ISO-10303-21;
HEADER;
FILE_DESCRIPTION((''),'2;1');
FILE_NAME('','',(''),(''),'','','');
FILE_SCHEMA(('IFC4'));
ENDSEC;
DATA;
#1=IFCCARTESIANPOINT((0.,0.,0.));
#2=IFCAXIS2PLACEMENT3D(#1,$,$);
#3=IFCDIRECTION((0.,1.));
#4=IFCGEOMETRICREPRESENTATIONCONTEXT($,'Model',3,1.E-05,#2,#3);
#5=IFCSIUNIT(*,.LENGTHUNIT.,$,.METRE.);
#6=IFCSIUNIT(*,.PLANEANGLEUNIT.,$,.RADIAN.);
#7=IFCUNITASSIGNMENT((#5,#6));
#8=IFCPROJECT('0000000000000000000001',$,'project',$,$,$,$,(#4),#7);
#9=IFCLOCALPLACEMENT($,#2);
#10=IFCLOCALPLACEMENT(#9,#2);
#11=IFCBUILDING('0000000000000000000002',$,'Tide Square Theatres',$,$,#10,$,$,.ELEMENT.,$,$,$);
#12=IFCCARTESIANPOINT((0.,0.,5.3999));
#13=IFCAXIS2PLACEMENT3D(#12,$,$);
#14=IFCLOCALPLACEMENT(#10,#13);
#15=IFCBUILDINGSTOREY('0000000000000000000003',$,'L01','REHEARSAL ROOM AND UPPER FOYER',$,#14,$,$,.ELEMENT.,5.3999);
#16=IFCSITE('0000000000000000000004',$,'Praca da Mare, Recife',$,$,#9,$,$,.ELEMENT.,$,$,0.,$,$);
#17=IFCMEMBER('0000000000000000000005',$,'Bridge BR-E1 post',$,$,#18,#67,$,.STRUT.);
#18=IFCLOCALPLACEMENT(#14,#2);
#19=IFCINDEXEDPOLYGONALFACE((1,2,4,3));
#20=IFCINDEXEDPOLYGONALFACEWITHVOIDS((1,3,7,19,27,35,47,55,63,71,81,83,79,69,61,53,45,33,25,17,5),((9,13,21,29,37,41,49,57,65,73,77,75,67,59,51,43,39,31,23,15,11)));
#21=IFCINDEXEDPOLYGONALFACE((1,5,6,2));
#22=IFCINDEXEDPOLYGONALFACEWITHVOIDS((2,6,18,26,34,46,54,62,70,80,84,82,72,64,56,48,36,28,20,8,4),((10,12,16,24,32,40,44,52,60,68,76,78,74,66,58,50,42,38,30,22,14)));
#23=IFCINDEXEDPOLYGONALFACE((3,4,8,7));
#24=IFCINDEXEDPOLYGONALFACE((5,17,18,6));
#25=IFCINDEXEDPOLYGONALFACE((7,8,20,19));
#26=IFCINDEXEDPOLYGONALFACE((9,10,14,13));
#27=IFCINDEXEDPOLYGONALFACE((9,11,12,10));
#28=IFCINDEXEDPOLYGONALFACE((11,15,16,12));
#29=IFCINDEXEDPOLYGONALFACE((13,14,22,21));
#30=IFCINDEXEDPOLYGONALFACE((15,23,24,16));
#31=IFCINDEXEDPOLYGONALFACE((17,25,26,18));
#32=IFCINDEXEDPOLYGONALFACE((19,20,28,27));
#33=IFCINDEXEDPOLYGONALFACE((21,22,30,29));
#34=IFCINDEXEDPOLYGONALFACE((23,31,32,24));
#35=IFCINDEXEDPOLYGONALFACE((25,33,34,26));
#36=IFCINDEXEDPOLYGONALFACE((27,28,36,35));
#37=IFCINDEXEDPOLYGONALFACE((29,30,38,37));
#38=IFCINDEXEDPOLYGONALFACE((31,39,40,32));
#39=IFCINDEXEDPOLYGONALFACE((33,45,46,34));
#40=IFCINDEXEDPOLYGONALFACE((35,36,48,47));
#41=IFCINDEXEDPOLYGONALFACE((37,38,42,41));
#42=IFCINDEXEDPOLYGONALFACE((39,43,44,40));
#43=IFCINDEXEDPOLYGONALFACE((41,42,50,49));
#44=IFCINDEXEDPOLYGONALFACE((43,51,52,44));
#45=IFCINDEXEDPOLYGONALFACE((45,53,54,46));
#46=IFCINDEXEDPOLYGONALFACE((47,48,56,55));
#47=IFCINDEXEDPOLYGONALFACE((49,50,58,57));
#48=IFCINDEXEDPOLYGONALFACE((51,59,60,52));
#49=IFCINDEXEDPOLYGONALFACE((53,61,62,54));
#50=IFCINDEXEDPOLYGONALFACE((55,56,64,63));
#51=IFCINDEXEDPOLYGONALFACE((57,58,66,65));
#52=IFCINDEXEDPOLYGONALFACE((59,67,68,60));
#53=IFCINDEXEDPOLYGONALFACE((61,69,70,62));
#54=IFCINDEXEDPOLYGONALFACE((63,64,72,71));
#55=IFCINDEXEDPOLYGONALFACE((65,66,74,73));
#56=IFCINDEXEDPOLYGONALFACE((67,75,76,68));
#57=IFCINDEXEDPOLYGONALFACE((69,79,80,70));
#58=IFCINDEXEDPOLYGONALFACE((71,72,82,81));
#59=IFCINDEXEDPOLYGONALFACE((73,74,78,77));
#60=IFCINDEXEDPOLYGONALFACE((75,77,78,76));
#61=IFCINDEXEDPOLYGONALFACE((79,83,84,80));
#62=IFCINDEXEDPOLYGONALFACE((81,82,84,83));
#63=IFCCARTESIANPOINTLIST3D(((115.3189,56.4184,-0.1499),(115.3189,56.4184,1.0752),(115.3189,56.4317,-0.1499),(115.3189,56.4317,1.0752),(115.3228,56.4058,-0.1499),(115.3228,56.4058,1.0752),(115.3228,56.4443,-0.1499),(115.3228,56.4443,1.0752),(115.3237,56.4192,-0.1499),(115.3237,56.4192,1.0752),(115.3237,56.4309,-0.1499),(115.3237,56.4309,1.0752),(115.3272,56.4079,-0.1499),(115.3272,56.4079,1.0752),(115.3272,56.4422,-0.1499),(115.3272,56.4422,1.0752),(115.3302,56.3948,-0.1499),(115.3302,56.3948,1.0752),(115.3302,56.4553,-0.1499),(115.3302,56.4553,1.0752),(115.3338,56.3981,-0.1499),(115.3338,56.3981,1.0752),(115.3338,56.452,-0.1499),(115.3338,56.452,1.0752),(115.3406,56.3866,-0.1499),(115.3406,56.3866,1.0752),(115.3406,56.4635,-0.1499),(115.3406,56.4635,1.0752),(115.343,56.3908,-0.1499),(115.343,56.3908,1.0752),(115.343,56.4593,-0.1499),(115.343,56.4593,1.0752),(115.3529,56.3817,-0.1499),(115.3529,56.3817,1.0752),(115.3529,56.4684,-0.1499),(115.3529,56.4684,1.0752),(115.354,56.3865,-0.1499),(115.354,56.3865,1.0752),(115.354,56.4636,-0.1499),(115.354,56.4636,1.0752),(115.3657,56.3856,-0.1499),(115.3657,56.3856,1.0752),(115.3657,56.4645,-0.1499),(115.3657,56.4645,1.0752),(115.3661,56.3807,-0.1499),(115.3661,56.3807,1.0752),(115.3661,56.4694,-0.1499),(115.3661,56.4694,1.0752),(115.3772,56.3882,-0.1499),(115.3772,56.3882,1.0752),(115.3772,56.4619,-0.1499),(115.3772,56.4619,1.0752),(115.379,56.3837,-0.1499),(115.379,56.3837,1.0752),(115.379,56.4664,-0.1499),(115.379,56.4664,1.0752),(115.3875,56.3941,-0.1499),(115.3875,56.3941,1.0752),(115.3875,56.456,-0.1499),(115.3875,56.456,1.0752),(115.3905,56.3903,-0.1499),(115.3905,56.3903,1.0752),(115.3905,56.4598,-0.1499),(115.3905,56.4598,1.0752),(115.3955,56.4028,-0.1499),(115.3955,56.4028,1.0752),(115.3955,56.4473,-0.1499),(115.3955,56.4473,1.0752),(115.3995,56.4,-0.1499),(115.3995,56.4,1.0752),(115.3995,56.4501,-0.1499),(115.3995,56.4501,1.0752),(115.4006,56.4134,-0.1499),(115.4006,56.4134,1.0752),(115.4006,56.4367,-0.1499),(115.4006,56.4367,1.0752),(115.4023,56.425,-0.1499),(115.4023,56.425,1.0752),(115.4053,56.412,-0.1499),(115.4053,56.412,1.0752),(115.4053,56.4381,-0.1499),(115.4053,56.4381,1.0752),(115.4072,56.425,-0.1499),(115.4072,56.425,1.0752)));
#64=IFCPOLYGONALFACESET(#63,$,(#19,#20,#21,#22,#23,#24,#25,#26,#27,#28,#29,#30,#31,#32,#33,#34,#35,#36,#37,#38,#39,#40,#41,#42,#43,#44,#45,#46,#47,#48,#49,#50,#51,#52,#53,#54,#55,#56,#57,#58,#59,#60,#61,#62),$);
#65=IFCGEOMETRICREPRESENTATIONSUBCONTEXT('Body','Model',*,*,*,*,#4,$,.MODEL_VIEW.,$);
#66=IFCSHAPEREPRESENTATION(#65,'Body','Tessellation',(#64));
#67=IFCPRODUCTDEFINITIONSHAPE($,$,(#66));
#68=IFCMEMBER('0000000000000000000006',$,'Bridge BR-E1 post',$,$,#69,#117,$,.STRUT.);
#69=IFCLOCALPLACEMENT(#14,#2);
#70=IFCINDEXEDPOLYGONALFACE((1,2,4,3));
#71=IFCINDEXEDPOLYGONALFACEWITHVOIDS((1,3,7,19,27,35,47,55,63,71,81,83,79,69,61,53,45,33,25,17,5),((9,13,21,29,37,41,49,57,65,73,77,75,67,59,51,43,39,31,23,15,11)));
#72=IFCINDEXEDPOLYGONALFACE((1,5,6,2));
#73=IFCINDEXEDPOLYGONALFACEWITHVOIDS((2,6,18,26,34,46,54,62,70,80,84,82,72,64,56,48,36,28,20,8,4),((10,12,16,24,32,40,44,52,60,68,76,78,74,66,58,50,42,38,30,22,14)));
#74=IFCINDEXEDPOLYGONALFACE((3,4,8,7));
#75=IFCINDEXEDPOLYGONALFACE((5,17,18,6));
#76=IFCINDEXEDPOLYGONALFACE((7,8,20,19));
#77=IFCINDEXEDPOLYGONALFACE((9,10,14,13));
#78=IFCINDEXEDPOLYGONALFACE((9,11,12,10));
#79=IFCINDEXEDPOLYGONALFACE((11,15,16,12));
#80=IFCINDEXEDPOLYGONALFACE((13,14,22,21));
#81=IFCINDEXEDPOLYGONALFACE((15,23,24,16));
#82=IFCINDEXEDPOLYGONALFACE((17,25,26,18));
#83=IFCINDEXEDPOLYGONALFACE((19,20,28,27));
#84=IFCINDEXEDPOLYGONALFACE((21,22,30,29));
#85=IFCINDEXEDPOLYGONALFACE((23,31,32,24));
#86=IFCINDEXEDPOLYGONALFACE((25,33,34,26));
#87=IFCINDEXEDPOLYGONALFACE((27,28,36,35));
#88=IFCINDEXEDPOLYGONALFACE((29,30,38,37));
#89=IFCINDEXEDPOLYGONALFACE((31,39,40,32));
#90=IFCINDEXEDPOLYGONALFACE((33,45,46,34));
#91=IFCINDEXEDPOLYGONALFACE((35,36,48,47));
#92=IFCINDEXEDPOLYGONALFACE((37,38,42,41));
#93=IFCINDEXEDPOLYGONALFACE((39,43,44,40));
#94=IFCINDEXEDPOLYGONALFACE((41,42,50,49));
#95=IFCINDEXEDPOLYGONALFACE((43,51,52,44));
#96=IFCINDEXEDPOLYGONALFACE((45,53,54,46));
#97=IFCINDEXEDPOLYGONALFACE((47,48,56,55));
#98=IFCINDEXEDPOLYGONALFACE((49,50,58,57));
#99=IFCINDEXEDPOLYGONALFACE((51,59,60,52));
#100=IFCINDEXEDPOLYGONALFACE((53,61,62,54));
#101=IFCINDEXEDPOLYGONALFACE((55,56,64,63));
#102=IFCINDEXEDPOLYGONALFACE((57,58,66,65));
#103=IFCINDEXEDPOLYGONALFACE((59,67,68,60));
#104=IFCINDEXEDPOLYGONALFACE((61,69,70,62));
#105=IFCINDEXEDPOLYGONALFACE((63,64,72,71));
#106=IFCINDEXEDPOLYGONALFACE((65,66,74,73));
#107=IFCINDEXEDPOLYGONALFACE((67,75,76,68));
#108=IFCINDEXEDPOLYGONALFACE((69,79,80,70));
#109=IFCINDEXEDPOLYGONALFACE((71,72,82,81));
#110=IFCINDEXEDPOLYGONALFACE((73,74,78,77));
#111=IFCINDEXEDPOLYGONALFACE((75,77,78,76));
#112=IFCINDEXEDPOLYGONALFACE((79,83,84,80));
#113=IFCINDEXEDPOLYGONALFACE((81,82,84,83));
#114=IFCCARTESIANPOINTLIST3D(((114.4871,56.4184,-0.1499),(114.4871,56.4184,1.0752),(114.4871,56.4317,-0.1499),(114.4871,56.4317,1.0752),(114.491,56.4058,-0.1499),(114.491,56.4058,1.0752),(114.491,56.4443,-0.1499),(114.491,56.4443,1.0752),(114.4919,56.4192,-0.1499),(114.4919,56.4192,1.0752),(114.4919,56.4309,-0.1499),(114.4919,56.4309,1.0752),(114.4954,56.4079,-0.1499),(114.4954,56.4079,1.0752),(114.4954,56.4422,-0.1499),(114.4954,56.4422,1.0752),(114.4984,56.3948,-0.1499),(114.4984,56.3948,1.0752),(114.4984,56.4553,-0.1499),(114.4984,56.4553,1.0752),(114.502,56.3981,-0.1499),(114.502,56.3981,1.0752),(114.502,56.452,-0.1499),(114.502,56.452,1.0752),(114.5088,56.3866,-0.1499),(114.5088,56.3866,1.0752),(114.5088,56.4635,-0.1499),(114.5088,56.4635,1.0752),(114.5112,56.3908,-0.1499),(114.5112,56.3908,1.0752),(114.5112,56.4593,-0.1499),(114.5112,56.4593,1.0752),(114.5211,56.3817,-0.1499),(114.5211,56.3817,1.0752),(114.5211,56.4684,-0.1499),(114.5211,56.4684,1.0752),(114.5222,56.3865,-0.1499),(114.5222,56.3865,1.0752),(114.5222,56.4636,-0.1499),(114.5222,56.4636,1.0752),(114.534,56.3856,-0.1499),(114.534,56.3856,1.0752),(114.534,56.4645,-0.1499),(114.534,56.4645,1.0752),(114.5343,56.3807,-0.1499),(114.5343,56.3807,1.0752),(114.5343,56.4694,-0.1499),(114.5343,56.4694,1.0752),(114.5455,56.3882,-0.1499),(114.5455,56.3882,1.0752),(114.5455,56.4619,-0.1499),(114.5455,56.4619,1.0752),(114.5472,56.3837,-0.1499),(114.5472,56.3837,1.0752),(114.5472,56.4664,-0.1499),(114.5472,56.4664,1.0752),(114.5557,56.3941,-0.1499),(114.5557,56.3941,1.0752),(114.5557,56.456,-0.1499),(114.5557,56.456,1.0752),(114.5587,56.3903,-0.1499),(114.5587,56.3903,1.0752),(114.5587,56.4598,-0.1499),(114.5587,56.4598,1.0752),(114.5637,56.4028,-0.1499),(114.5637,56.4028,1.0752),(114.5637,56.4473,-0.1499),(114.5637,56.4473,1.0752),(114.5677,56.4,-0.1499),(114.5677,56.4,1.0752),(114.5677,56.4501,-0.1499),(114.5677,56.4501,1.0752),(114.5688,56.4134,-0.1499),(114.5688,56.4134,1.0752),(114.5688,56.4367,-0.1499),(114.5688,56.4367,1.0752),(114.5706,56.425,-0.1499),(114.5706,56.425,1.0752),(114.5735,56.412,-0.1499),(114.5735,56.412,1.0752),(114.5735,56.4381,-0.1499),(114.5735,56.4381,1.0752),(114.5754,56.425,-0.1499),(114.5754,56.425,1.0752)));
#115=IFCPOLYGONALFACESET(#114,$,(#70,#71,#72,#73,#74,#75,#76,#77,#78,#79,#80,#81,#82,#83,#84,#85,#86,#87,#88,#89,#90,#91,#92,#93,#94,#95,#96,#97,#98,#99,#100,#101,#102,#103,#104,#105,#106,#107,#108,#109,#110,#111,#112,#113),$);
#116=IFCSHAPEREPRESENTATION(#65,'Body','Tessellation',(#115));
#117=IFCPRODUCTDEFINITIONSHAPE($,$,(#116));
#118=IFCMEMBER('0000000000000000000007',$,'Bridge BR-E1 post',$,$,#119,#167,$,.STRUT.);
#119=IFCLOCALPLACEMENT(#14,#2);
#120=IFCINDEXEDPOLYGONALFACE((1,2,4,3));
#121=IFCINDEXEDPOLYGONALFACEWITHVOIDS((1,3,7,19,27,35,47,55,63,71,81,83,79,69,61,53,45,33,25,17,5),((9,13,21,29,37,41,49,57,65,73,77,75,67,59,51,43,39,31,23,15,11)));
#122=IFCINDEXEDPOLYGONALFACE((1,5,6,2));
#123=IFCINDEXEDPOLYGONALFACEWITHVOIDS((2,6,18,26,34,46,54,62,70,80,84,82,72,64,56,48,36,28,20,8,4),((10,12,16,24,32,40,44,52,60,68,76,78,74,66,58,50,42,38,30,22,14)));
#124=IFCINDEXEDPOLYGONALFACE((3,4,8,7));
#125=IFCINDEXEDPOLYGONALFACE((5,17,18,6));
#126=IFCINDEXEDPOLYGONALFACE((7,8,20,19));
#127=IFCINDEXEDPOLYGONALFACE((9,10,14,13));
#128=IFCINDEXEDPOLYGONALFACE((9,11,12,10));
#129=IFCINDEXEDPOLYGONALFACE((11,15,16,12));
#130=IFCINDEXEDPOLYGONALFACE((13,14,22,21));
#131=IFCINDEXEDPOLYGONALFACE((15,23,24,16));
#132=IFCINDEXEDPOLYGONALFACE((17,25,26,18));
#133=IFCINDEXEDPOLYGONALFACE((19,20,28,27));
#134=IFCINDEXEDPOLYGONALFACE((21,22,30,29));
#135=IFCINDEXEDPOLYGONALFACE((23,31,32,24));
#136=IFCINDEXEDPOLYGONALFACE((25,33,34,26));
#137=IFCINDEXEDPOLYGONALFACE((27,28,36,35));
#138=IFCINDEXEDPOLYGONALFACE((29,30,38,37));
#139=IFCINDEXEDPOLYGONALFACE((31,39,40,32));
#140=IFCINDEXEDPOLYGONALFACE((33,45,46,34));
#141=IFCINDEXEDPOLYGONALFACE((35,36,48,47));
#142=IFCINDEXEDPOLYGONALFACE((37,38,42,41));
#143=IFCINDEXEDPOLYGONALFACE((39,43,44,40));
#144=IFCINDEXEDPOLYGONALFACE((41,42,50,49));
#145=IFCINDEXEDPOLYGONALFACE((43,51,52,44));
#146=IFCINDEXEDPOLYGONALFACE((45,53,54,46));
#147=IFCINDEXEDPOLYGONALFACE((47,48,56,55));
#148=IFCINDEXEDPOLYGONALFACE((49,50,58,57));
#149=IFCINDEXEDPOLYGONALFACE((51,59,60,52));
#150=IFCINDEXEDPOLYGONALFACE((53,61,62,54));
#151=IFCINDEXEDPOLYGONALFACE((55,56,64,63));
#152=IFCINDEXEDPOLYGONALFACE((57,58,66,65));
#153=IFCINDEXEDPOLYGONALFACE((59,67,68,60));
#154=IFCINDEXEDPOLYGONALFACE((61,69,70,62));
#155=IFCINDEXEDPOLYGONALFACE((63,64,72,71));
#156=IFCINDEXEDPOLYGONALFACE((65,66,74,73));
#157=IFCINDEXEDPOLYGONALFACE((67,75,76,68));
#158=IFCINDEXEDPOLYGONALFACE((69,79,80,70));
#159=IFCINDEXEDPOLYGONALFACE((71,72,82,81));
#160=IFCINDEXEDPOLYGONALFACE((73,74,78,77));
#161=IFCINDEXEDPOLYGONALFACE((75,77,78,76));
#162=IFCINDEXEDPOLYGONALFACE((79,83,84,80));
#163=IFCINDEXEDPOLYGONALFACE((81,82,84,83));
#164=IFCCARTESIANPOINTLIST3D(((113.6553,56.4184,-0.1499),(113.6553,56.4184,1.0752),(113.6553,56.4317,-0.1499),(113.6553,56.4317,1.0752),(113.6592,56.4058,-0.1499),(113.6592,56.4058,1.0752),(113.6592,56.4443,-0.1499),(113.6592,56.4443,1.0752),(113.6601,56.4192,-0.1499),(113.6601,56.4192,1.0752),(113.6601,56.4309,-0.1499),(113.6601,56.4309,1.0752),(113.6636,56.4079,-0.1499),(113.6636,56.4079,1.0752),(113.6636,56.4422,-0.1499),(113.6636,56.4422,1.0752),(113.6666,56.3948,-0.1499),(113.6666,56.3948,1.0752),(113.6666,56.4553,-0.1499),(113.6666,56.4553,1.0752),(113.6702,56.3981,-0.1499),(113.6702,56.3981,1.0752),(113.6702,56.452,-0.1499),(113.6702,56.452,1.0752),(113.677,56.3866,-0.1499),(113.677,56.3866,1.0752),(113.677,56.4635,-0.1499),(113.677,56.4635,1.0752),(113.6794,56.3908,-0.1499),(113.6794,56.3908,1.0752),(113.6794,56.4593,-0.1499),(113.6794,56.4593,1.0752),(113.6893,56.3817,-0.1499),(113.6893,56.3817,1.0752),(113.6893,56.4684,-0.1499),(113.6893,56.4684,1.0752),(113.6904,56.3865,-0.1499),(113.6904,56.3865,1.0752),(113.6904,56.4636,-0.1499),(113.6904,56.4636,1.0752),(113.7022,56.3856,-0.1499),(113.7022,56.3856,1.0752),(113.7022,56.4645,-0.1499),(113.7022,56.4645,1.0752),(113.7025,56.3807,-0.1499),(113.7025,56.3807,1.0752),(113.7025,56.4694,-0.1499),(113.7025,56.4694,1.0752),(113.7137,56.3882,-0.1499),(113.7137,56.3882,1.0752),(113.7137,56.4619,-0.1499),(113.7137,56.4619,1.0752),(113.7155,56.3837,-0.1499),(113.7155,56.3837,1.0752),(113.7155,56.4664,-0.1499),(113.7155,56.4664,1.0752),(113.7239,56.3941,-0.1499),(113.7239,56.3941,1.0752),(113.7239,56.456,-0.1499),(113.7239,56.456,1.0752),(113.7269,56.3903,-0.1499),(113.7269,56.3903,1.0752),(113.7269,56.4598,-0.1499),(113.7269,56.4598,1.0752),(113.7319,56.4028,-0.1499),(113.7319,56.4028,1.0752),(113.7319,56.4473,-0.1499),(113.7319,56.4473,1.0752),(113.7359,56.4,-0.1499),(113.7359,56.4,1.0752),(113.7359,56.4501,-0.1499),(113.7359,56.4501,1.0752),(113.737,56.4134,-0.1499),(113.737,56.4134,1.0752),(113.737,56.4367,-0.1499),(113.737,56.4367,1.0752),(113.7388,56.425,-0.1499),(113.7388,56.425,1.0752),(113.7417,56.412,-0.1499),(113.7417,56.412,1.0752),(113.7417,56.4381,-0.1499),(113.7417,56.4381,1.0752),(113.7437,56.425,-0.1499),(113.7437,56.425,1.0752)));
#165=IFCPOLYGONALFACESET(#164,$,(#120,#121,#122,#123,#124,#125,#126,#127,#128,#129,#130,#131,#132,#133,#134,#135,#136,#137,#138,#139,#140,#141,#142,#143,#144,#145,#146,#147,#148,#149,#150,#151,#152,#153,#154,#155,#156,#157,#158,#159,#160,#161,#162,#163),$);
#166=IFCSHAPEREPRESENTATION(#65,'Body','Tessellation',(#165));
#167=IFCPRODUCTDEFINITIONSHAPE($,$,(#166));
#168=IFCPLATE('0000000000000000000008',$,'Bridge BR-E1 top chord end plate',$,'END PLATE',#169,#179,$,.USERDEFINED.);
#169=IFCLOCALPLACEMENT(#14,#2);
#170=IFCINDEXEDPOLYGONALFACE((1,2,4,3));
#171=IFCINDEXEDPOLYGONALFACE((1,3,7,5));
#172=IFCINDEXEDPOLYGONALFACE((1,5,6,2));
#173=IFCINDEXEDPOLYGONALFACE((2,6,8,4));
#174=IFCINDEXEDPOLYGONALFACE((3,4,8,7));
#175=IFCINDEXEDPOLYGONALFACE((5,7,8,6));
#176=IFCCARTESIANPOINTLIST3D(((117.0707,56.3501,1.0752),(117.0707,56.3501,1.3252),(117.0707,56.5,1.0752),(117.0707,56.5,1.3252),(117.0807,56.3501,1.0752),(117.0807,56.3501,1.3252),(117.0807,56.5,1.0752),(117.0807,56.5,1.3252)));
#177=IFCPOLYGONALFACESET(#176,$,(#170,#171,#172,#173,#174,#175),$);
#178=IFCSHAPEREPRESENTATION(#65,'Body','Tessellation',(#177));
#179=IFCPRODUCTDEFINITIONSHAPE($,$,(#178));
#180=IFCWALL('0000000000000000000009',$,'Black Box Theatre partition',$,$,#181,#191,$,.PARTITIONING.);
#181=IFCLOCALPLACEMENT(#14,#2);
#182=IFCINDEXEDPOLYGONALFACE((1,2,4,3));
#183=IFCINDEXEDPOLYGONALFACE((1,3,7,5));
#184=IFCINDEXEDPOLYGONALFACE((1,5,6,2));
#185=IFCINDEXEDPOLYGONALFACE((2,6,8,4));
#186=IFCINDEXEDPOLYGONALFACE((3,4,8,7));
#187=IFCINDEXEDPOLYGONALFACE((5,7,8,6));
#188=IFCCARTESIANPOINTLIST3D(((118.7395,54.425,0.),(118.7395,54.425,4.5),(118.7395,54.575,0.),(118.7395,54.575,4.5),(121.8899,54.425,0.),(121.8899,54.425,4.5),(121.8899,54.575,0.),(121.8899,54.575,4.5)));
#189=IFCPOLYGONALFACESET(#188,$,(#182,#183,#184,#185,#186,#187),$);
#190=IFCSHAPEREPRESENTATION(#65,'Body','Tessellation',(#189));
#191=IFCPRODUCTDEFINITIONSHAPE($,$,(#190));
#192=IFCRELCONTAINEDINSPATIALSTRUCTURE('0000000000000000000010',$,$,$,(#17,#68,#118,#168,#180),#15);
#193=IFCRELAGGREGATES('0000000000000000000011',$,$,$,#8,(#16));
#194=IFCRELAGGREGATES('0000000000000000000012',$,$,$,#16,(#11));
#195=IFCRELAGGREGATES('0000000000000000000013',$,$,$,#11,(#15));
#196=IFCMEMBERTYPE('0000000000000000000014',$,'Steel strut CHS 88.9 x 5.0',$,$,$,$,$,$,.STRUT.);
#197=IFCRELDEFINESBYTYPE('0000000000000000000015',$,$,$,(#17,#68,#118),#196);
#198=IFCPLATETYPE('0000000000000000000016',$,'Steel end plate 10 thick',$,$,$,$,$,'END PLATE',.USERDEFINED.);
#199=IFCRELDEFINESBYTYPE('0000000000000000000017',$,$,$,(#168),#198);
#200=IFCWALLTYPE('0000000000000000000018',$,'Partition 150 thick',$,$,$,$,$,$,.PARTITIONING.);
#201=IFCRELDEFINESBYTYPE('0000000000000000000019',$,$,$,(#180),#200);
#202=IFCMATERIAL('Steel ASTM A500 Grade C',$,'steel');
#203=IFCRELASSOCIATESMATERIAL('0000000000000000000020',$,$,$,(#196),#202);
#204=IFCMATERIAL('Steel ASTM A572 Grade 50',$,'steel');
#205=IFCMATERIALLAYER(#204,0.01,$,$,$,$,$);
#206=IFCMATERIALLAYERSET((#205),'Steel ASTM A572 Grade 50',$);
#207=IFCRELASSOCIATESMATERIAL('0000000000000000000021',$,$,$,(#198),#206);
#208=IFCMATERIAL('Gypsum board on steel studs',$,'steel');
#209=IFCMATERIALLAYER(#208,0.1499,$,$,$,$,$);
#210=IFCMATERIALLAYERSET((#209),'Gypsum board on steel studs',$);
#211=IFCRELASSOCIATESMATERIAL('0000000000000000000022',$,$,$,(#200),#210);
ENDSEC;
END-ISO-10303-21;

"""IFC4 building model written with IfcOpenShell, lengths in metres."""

from ifc_helpers import new_model, si_unit, direction, frame, frame_2d, origin, origin_2d, place, context, subcontext, project, spatial, rectangle, hollow_circle, extrude, material, layer, layer_set, material_profile, profile_set, type_object, element, save


model = new_model("IFC4")

# Units and contexts
model_context = context("Model", 3, precision=1e-05, world=origin(), true_north=direction((0.0, 1.0)))
body_context = subcontext(model_context, "Body", "Model", "MODEL_VIEW")
ifc_project = project(units=[si_unit("LENGTHUNIT", "METRE"), si_unit("PLANEANGLEUNIT", "RADIAN")], contexts=[model_context])

# Site, building, storey
site_placement = place(None, origin())
site = spatial("IfcSite", under=ifc_project, at=site_placement, Name="Praca da Mare, Recife", CompositionType="ELEMENT", RefElevation=0.0)
building_placement = place(site_placement, origin())
building = spatial("IfcBuilding", under=site, at=building_placement, Name="Tide Square Theatres", CompositionType="ELEMENT")
storey_placement = place(building_placement, frame((0.0, 0.0, 5.3999)))
storey = spatial("IfcBuildingStorey", under=building, at=storey_placement, Name="L01", Description="REHEARSAL ROOM AND UPPER FOYER", CompositionType="ELEMENT", Elevation=5.3999)

# Members
ifc_material_1 = material(Name="Steel ASTM A500 Grade C", Category="steel")
ifc_material_profile_1 = material_profile(ifc_material_1, hollow_circle(Radius=0.0444, WallThickness=0.0049, at=origin_2d()))
ifc_profile_set_1 = profile_set([ifc_material_profile_1], Name="Steel ASTM A500 Grade C")
member_type_1 = type_object("IfcMemberType", Name="Steel strut CHS 88.9 x 5.0", PredefinedType="STRUT", material=ifc_profile_set_1)
for number, where, z_axis, x_axis, name in (
    (1, (115.3628, 56.425, -0.1499), (0.0, 0.0, 1.0), (1.0, 0.0, 0.0), "Bridge BR-E1 post"),
    (2, (114.531, 56.425, -0.1499), (0.0, 0.0, 1.0), (1.0, 0.0, 0.0), "Bridge BR-E1 post"),
    (3, (113.6992, 56.425, -0.1499), (0.0, 0.0, 1.0), (1.0, 0.0, 0.0), "Bridge BR-E1 post"),
):
    element("IfcMember", number, at=place(storey_placement, frame(where, z_axis=z_axis, x_axis=x_axis)), inside=storey, type_object=member_type_1, Name=name, PredefinedType="STRUT", context=body_context, shape_type="SweptSolid", body=[
        extrude(hollow_circle(Radius=0.0444, WallThickness=0.0049, at=origin_2d()), origin(), (0.0, 0.0, 1.0), 1.2251),
    ])

# Plate
ifc_material_2 = material(Name="Steel ASTM A572 Grade 50", Category="steel")
ifc_layer_1 = layer(ifc_material_2, 0.01)
ifc_layer_set_1 = layer_set([ifc_layer_1], Name="Steel ASTM A572 Grade 50")
plate_type = type_object("IfcPlateType", Name="Steel end plate 10 thick", ElementType="END PLATE", PredefinedType="USERDEFINED", material=ifc_layer_set_1)
plate_placement = place(storey_placement, frame((117.0757, 56.425, 1.0752), z_axis=(0.0, 0.0, 1.0), x_axis=(1.0, 0.0, 0.0)))
element("IfcPlate", 4, at=plate_placement, inside=storey, type_object=plate_type, Name="Bridge BR-E1 top chord end plate", ObjectType="END PLATE", PredefinedType="USERDEFINED", context=body_context, shape_type="SweptSolid", body=[
    extrude(rectangle(XDim=0.01, YDim=0.1499, at=origin_2d()), origin(), (0.0, 0.0, 1.0), 0.25),
])

# Wall
ifc_material_3 = material(Name="Gypsum board on steel studs", Category="steel")
ifc_layer_2 = layer(ifc_material_3, 0.1499)
ifc_layer_set_2 = layer_set([ifc_layer_2], Name="Gypsum board on steel studs")
wall_type_1 = type_object("IfcWallType", Name="Partition 150 thick", PredefinedType="PARTITIONING", material=ifc_layer_set_2)
wall_1_placement = place(storey_placement, frame((118.7395, 54.5, 0.0), z_axis=(0.0, 0.0, 1.0), x_axis=(1.0, 0.0, 0.0)))
element("IfcWall", 5, at=wall_1_placement, inside=storey, type_object=wall_type_1, Name="Black Box Theatre partition", PredefinedType="PARTITIONING", context=body_context, shape_type="SweptSolid", body=[
    extrude(rectangle(XDim=3.1504, YDim=0.1499, at=frame_2d((1.5752, 0.0))), origin(), (0.0, 0.0, 1.0), 4.5),
])

save(model, "model.ifc")
